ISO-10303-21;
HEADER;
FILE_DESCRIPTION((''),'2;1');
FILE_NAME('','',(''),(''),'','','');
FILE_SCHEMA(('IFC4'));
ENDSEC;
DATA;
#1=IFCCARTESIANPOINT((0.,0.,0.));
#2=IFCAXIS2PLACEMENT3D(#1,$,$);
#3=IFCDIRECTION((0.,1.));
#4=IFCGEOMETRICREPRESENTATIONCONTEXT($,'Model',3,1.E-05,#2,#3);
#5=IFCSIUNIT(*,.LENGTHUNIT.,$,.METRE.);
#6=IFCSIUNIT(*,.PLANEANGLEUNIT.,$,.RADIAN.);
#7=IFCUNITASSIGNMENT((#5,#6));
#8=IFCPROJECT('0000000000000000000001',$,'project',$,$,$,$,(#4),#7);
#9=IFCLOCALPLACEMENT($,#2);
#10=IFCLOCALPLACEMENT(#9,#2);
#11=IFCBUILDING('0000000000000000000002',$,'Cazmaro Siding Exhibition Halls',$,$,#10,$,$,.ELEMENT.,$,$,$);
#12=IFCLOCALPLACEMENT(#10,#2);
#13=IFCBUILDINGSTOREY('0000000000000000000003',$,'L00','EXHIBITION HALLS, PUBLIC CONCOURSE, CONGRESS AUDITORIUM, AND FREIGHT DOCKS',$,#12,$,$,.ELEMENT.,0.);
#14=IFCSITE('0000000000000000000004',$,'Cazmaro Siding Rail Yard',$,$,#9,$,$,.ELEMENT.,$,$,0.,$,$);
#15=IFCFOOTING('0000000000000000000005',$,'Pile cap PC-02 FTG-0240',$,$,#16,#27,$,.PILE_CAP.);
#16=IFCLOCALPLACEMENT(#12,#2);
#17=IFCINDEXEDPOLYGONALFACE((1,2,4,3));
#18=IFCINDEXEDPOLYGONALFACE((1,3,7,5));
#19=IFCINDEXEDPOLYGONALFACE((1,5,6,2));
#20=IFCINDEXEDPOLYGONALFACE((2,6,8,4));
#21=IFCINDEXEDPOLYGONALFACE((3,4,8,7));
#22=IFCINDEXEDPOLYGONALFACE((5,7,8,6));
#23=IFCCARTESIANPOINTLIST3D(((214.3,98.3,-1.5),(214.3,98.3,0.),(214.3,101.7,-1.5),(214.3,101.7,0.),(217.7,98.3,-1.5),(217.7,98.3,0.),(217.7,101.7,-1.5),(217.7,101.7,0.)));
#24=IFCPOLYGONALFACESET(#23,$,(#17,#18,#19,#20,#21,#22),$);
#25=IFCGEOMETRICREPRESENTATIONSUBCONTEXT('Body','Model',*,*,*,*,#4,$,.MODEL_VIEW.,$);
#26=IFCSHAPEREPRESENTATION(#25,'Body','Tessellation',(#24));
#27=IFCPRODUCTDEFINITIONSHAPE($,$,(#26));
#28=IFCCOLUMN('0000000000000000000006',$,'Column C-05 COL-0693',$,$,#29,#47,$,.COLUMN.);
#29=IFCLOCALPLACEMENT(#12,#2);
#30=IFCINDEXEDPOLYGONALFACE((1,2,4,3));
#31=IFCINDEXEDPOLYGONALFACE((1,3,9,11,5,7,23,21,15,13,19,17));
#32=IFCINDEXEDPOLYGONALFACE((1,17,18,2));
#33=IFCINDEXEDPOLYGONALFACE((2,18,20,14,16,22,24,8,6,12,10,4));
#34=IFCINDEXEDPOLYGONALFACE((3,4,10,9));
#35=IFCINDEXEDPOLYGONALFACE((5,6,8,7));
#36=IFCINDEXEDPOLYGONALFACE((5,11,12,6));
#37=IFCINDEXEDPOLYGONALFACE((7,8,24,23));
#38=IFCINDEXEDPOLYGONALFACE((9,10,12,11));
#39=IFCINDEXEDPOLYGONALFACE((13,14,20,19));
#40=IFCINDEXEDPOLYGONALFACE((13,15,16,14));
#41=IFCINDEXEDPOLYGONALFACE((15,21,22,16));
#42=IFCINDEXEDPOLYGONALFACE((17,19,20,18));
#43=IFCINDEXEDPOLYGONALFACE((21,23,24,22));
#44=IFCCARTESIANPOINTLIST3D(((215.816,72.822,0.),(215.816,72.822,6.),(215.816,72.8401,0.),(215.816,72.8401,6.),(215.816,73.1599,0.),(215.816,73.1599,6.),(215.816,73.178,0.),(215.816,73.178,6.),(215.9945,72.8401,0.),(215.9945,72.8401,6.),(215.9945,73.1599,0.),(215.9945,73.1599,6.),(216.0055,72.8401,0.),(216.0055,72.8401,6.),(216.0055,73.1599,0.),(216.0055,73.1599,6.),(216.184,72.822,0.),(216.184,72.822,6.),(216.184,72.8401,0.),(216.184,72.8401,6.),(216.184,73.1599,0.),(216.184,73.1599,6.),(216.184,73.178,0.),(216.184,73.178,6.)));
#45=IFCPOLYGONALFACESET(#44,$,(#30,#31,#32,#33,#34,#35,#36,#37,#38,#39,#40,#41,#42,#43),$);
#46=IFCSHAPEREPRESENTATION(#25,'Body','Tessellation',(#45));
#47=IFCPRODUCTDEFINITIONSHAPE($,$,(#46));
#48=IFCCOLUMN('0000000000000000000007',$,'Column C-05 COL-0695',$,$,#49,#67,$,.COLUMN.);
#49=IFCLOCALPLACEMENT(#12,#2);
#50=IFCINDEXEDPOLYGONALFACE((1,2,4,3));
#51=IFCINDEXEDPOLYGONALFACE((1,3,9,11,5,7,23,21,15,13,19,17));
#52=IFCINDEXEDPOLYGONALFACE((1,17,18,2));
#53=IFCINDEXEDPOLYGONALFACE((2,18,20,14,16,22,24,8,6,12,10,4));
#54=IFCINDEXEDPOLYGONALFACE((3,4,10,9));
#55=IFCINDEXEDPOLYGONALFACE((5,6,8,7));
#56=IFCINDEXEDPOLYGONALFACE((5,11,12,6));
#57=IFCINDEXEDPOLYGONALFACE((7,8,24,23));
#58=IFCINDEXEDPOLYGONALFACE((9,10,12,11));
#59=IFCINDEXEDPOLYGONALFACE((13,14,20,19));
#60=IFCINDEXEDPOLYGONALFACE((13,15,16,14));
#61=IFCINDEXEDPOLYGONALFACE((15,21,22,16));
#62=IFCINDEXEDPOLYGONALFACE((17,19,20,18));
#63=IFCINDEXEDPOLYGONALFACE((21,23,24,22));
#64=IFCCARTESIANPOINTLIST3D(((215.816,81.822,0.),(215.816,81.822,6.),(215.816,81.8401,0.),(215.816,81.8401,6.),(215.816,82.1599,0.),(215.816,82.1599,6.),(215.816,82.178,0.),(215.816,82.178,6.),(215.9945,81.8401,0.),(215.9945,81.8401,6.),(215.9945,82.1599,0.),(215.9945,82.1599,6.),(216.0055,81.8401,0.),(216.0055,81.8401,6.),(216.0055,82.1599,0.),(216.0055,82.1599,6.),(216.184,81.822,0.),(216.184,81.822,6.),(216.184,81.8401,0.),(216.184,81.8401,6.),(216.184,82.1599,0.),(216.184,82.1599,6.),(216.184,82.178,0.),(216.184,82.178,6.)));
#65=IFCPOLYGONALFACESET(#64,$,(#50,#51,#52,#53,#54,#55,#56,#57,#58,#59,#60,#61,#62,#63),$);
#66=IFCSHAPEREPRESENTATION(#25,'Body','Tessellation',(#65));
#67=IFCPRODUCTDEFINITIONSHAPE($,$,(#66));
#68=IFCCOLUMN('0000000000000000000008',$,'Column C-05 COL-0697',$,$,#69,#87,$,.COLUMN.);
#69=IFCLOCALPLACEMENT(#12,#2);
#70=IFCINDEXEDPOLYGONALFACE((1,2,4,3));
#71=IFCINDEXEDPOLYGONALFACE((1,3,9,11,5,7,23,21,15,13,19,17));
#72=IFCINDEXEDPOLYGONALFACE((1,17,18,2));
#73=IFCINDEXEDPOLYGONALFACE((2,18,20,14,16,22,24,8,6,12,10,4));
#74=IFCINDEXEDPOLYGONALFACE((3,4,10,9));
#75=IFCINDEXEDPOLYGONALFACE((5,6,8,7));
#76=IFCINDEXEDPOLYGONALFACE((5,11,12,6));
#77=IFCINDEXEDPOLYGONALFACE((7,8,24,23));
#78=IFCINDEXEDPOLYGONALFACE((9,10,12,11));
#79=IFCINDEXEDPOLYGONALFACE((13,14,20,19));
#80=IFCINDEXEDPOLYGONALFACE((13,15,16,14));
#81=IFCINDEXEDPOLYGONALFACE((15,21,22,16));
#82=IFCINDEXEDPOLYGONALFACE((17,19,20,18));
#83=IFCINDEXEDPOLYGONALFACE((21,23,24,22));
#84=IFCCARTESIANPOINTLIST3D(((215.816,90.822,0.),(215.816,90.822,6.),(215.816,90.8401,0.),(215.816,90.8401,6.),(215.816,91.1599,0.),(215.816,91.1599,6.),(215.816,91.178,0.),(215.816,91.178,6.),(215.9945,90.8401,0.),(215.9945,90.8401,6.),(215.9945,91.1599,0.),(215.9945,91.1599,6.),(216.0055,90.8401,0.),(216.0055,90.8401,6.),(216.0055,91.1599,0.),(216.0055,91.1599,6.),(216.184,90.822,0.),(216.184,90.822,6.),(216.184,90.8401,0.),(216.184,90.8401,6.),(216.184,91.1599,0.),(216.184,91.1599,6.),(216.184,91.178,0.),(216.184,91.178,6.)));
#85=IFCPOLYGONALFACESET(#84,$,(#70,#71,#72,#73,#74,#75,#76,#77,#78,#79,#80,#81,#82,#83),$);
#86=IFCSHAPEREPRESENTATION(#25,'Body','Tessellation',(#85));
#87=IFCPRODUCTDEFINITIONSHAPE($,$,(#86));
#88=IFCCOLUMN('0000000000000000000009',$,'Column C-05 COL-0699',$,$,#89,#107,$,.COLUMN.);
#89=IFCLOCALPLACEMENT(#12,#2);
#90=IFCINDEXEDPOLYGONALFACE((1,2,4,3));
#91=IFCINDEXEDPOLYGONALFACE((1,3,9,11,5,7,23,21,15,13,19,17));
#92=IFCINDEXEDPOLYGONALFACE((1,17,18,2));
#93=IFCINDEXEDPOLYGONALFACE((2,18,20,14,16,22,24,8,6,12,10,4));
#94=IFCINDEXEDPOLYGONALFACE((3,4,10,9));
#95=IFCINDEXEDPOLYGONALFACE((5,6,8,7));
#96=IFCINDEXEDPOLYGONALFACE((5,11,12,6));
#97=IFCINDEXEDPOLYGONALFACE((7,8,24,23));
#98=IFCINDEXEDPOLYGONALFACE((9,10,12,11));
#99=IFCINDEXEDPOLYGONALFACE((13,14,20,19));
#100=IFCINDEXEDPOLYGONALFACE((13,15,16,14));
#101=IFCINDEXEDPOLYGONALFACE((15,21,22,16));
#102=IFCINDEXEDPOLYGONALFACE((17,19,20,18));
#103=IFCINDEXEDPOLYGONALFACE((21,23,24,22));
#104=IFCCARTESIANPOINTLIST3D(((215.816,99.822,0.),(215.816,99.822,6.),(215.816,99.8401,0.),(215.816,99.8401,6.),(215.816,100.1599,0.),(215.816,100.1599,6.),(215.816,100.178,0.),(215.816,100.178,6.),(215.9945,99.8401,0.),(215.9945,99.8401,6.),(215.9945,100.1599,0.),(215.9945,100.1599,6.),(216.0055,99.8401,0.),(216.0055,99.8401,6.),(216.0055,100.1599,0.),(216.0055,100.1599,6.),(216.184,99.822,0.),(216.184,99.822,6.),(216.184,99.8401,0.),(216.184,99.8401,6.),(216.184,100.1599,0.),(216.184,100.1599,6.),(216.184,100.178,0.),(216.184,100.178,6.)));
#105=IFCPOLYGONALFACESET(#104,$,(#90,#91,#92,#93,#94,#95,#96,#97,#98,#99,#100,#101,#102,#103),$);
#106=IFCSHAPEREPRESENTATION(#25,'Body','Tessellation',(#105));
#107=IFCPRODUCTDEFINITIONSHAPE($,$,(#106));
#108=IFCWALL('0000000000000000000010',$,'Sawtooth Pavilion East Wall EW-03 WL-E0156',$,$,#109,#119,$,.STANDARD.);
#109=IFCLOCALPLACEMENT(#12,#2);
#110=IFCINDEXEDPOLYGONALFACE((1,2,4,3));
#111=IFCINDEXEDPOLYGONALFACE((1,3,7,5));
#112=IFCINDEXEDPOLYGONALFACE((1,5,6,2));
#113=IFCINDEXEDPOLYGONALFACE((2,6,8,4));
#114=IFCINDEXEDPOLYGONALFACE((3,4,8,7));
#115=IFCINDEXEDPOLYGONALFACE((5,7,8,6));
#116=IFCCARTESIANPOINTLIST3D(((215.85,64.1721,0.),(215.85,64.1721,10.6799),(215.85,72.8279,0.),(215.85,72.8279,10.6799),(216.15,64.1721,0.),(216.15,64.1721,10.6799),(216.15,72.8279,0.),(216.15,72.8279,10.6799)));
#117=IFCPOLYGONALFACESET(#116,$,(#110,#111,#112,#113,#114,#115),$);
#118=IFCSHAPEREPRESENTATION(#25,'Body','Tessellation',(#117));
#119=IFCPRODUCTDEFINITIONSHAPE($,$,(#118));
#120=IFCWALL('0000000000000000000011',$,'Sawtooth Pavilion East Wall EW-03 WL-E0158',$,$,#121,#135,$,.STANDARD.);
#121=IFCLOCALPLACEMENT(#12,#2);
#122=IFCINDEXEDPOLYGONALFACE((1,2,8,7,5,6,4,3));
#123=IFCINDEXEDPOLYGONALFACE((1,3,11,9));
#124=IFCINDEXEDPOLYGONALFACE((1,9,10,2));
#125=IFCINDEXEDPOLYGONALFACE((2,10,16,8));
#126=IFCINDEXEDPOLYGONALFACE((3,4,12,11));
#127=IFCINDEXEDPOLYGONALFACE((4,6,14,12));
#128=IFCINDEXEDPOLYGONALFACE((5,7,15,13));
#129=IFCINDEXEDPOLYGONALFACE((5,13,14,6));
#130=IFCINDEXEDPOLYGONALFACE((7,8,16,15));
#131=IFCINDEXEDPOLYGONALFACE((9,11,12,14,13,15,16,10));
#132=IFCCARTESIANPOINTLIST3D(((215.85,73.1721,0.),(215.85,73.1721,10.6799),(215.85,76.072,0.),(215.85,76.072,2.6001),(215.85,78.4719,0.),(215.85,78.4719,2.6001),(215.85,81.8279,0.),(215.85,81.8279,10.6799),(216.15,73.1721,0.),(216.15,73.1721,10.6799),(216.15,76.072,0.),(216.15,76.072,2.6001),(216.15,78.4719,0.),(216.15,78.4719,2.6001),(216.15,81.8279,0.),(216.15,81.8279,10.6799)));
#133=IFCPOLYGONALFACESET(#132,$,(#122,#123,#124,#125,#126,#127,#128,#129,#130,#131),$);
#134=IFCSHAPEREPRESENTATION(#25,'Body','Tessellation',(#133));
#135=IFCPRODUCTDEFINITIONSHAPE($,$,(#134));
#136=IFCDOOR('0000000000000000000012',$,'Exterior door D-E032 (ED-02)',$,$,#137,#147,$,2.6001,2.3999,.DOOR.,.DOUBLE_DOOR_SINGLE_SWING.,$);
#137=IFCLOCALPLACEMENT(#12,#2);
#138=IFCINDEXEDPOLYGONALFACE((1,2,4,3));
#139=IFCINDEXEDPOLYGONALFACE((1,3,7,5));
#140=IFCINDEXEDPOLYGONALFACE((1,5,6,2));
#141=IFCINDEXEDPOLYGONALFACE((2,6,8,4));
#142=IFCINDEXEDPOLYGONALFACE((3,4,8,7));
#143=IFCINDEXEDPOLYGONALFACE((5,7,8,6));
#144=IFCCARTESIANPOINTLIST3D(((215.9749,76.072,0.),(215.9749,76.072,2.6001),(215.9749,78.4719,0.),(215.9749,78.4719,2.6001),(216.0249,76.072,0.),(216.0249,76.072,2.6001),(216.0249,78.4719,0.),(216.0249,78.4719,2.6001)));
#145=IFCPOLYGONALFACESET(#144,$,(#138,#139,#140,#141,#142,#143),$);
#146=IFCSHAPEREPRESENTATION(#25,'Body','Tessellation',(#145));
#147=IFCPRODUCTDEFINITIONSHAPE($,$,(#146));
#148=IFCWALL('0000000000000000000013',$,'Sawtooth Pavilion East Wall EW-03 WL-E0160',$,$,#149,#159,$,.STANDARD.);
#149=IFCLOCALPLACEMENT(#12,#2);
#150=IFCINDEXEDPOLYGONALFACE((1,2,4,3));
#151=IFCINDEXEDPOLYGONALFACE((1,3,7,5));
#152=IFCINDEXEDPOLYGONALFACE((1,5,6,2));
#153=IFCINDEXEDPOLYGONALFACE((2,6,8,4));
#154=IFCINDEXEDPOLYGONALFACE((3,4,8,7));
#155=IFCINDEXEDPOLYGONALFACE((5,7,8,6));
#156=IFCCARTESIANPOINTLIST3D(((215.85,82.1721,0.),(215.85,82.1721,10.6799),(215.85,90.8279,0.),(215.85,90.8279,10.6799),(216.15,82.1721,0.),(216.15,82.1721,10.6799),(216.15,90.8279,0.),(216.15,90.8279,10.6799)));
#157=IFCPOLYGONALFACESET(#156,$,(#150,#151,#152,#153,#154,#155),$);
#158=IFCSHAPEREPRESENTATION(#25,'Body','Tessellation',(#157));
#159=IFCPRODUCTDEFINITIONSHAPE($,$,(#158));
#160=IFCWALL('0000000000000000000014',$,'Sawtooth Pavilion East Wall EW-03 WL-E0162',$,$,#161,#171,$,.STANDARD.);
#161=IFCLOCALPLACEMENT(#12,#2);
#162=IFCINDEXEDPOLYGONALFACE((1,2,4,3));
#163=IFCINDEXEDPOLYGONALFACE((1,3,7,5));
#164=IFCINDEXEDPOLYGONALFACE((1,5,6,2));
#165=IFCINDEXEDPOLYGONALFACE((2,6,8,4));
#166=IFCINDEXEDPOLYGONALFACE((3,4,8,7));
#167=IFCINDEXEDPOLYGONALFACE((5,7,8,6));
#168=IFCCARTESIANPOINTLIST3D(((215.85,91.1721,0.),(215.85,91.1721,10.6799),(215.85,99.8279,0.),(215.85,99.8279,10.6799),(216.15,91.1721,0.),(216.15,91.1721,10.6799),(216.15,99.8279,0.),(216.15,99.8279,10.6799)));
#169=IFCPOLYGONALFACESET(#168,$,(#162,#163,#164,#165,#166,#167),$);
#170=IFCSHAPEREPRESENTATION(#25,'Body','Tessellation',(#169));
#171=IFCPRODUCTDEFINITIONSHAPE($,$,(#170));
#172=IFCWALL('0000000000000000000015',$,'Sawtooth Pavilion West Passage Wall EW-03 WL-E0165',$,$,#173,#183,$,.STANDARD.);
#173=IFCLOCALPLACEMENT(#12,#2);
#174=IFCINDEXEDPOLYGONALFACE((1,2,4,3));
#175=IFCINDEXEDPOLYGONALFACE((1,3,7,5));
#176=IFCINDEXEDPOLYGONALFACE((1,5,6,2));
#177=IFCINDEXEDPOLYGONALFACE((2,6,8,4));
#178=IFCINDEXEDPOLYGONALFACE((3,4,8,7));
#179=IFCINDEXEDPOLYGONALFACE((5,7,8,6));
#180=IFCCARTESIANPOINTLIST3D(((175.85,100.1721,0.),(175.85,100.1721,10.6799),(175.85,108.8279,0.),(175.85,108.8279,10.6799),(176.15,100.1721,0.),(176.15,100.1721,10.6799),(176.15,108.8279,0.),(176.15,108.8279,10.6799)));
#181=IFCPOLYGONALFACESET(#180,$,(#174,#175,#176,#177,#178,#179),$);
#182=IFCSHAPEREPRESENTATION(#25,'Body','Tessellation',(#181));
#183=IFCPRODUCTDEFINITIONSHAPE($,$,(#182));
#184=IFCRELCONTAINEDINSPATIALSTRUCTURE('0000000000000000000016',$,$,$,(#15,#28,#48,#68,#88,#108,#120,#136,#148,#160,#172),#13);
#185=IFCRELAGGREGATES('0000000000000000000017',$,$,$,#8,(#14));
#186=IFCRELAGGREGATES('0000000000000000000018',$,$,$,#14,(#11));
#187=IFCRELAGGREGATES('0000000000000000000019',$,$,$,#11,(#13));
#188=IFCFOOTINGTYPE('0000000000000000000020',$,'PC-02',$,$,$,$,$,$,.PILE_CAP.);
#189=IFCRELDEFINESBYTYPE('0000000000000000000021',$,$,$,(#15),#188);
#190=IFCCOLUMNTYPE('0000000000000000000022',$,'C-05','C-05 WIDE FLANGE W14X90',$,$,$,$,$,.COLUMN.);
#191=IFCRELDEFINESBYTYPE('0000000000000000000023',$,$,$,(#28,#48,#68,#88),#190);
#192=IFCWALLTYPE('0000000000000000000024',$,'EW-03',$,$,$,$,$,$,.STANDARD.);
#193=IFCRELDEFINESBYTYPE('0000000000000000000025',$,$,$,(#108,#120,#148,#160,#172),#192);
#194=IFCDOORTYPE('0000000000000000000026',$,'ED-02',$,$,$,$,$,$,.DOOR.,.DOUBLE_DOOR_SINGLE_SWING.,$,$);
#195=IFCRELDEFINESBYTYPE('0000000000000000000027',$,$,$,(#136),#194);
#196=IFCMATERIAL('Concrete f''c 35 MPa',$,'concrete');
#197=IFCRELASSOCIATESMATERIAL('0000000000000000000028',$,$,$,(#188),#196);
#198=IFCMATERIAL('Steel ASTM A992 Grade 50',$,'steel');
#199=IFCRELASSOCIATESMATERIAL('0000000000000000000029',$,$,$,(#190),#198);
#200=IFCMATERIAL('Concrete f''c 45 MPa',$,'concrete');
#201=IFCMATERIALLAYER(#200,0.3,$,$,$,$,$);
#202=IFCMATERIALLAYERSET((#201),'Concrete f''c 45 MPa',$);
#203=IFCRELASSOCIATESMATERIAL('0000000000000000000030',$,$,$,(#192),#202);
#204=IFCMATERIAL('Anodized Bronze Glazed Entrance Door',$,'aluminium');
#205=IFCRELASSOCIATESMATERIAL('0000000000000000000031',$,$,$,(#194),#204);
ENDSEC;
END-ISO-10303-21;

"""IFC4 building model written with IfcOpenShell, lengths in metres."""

from ifc_helpers import new_model, si_unit, direction, frame, frame_2d, origin, origin_2d, place, context, subcontext, project, spatial, rectangle, i_section, extrude, material, layer, layer_set, material_profile, profile_set, type_object, element, fill, save


model = new_model("IFC4")

# Units and contexts
model_context = context("Model", 3, precision=1e-05, world=origin(), true_north=direction((0.0, 1.0)))
body_context = subcontext(model_context, "Body", "Model", "MODEL_VIEW")
ifc_project = project(units=[si_unit("LENGTHUNIT", "METRE"), si_unit("PLANEANGLEUNIT", "RADIAN")], contexts=[model_context])

# Site, building, storey
site_placement = place(None, origin())
site = spatial("IfcSite", under=ifc_project, at=site_placement, Name="Cazmaro Siding Rail Yard", CompositionType="ELEMENT", RefElevation=0.0)
building_placement = place(site_placement, origin())
building = spatial("IfcBuilding", under=site, at=building_placement, Name="Cazmaro Siding Exhibition Halls", CompositionType="ELEMENT")
storey_placement = place(building_placement, origin())
storey = spatial("IfcBuildingStorey", under=building, at=storey_placement, Name="L00", Description="EXHIBITION HALLS, PUBLIC CONCOURSE, CONGRESS AUDITORIUM, AND FREIGHT DOCKS", CompositionType="ELEMENT", Elevation=0.0)

# Footing
ifc_material_1 = material(Name="Concrete f'c 35 MPa", Category="concrete")
footing_type = type_object("IfcFootingType", Name="PC-02", PredefinedType="PILE_CAP", material=ifc_material_1)
for number, where, z_axis, x_axis, name in (
    (1, (216.0, 100.0, -1.5), (0.0, 0.0, 1.0), (1.0, 0.0, 0.0), "Pile cap PC-02 FTG-0240"),
):
    element("IfcFooting", number, at=place(storey_placement, frame(where, z_axis=z_axis, x_axis=x_axis)), inside=storey, type_object=footing_type, Name=name, PredefinedType="PILE_CAP", context=body_context, shape_type="SweptSolid", body=[
        extrude(rectangle(XDim=3.3999, YDim=3.3999, at=origin_2d()), origin(), (0.0, 0.0, 1.0), 1.5),
    ])

# Columns
ifc_material_2 = material(Name="Steel ASTM A992 Grade 50", Category="steel")
ifc_material_profile_1 = material_profile(ifc_material_2, i_section(OverallWidth=0.3679, OverallDepth=0.356, WebThickness=0.011, FlangeThickness=0.0181, at=origin_2d()), Name="W14X90")
ifc_profile_set_1 = profile_set([ifc_material_profile_1], Name="Steel ASTM A992 Grade 50")
column_type = type_object("IfcColumnType", Name="C-05", Description="C-05 WIDE FLANGE W14X90", PredefinedType="COLUMN", material=ifc_profile_set_1)
for number, where, z_axis, x_axis, name in (
    (2, (216.0, 73.0, 0.0), (0.0, 0.0, 1.0), (1.0, 0.0, 0.0), "Column C-05 COL-0693"),
    (3, (216.0, 82.0, 0.0), (0.0, 0.0, 1.0), (1.0, 0.0, 0.0), "Column C-05 COL-0695"),
    (4, (216.0, 91.0, 0.0), (0.0, 0.0, 1.0), (1.0, 0.0, 0.0), "Column C-05 COL-0697"),
    (5, (216.0, 100.0, 0.0), (0.0, 0.0, 1.0), (1.0, 0.0, 0.0), "Column C-05 COL-0699"),
):
    element("IfcColumn", number, at=place(storey_placement, frame(where, z_axis=z_axis, x_axis=x_axis)), inside=storey, type_object=column_type, Name=name, PredefinedType="COLUMN", context=body_context, shape_type="SweptSolid", body=[
        extrude(i_section(OverallWidth=0.3679, OverallDepth=0.356, WebThickness=0.011, FlangeThickness=0.0181, at=origin_2d()), origin(), (0.0, 0.0, 1.0), 6.0),
    ])

# Wall
ifc_material_3 = material(Name="Concrete f'c 45 MPa", Category="concrete")
ifc_layer = layer(ifc_material_3, 0.3)
ifc_layer_set = layer_set([ifc_layer], Name="Concrete f'c 45 MPa")
wall_type = type_object("IfcWallType", Name="EW-03", PredefinedType="STANDARD", material=ifc_layer_set)
wall_1_placement = place(storey_placement, frame((216.0, 72.8279, 0.0), z_axis=(0.0, 0.0, 1.0), x_axis=(0.0, -1.0, 0.0)))
element("IfcWall", 6, at=wall_1_placement, inside=storey, type_object=wall_type, Name="Sawtooth Pavilion East Wall EW-03 WL-E0156", PredefinedType="STANDARD", context=body_context, shape_type="SweptSolid", body=[
    extrude(rectangle(XDim=8.6558, YDim=0.3, at=frame_2d((4.3279, 0.0))), origin(), (0.0, 0.0, 1.0), 10.6799),
])

# Wall, opening, door
wall_2_placement = place(storey_placement, frame((216.0, 81.8279, 0.0), z_axis=(0.0, 0.0, 1.0), x_axis=(0.0, -1.0, 0.0)))
wall_2 = element("IfcWall", 7, at=wall_2_placement, inside=storey, type_object=wall_type, Name="Sawtooth Pavilion East Wall EW-03 WL-E0158", PredefinedType="STANDARD", context=body_context, shape_type="SweptSolid", body=[
    extrude(rectangle(XDim=8.6558, YDim=0.3, at=frame_2d((4.3279, 0.0))), origin(), (0.0, 0.0, 1.0), 10.6799),
])
opening_placement = place(wall_2_placement, frame((3.356, 0.0, 0.0)))
opening = element("IfcOpeningElement", 8, at=opening_placement, cuts=wall_2, PredefinedType="OPENING", context=body_context, shape_type="SweptSolid", body=[
    extrude(rectangle(XDim=2.3999, YDim=2.6001, at=frame_2d((1.2, 1.3))), frame((0.0, 0.1599, 0.0), z_axis=(0.0, -1.0, 0.0), x_axis=(1.0, 0.0, 0.0)), (0.0, 0.0, 1.0), 0.3201),
])
ifc_material_4 = material(Name="Anodized Bronze Glazed Entrance Door", Category="aluminium")
door_type = type_object("IfcDoorType", Name="ED-02", OperationType="DOUBLE_DOOR_SINGLE_SWING", PredefinedType="DOOR", material=ifc_material_4)
door_placement = place(opening_placement, origin())
door = element("IfcDoor", 9, at=door_placement, inside=storey, type_object=door_type, Name="Exterior door D-E032 (ED-02)", OperationType="DOUBLE_DOOR_SINGLE_SWING", OverallHeight=2.6001, OverallWidth=2.3999, PredefinedType="DOOR", context=body_context, shape_type="SweptSolid", body=[
    extrude(rectangle(XDim=2.3999, YDim=2.6001, at=frame_2d((1.2, 1.3))), frame((0.0, 0.0249, 0.0), z_axis=(0.0, -1.0, 0.0), x_axis=(1.0, 0.0, 0.0)), (0.0, 0.0, 1.0), 0.05),
])
fill(opening, door)

# Walls
for number, where, z_axis, x_axis, name in (
    (10, (216.0, 90.8279, 0.0), (0.0, 0.0, 1.0), (0.0, -1.0, 0.0), "Sawtooth Pavilion East Wall EW-03 WL-E0160"),
    (11, (216.0, 99.8279, 0.0), (0.0, 0.0, 1.0), (0.0, -1.0, 0.0), "Sawtooth Pavilion East Wall EW-03 WL-E0162"),
    (12, (176.0, 100.1721, 0.0), (0.0, 0.0, 1.0), (0.0, 1.0, 0.0), "Sawtooth Pavilion West Passage Wall EW-03 WL-E0165"),
):
    element("IfcWall", number, at=place(storey_placement, frame(where, z_axis=z_axis, x_axis=x_axis)), inside=storey, type_object=wall_type, Name=name, PredefinedType="STANDARD", context=body_context, shape_type="SweptSolid", body=[
        extrude(rectangle(XDim=8.6558, YDim=0.3, at=frame_2d((4.3279, 0.0))), origin(), (0.0, 0.0, 1.0), 10.6799),
    ])

save(model, "model.ifc")
